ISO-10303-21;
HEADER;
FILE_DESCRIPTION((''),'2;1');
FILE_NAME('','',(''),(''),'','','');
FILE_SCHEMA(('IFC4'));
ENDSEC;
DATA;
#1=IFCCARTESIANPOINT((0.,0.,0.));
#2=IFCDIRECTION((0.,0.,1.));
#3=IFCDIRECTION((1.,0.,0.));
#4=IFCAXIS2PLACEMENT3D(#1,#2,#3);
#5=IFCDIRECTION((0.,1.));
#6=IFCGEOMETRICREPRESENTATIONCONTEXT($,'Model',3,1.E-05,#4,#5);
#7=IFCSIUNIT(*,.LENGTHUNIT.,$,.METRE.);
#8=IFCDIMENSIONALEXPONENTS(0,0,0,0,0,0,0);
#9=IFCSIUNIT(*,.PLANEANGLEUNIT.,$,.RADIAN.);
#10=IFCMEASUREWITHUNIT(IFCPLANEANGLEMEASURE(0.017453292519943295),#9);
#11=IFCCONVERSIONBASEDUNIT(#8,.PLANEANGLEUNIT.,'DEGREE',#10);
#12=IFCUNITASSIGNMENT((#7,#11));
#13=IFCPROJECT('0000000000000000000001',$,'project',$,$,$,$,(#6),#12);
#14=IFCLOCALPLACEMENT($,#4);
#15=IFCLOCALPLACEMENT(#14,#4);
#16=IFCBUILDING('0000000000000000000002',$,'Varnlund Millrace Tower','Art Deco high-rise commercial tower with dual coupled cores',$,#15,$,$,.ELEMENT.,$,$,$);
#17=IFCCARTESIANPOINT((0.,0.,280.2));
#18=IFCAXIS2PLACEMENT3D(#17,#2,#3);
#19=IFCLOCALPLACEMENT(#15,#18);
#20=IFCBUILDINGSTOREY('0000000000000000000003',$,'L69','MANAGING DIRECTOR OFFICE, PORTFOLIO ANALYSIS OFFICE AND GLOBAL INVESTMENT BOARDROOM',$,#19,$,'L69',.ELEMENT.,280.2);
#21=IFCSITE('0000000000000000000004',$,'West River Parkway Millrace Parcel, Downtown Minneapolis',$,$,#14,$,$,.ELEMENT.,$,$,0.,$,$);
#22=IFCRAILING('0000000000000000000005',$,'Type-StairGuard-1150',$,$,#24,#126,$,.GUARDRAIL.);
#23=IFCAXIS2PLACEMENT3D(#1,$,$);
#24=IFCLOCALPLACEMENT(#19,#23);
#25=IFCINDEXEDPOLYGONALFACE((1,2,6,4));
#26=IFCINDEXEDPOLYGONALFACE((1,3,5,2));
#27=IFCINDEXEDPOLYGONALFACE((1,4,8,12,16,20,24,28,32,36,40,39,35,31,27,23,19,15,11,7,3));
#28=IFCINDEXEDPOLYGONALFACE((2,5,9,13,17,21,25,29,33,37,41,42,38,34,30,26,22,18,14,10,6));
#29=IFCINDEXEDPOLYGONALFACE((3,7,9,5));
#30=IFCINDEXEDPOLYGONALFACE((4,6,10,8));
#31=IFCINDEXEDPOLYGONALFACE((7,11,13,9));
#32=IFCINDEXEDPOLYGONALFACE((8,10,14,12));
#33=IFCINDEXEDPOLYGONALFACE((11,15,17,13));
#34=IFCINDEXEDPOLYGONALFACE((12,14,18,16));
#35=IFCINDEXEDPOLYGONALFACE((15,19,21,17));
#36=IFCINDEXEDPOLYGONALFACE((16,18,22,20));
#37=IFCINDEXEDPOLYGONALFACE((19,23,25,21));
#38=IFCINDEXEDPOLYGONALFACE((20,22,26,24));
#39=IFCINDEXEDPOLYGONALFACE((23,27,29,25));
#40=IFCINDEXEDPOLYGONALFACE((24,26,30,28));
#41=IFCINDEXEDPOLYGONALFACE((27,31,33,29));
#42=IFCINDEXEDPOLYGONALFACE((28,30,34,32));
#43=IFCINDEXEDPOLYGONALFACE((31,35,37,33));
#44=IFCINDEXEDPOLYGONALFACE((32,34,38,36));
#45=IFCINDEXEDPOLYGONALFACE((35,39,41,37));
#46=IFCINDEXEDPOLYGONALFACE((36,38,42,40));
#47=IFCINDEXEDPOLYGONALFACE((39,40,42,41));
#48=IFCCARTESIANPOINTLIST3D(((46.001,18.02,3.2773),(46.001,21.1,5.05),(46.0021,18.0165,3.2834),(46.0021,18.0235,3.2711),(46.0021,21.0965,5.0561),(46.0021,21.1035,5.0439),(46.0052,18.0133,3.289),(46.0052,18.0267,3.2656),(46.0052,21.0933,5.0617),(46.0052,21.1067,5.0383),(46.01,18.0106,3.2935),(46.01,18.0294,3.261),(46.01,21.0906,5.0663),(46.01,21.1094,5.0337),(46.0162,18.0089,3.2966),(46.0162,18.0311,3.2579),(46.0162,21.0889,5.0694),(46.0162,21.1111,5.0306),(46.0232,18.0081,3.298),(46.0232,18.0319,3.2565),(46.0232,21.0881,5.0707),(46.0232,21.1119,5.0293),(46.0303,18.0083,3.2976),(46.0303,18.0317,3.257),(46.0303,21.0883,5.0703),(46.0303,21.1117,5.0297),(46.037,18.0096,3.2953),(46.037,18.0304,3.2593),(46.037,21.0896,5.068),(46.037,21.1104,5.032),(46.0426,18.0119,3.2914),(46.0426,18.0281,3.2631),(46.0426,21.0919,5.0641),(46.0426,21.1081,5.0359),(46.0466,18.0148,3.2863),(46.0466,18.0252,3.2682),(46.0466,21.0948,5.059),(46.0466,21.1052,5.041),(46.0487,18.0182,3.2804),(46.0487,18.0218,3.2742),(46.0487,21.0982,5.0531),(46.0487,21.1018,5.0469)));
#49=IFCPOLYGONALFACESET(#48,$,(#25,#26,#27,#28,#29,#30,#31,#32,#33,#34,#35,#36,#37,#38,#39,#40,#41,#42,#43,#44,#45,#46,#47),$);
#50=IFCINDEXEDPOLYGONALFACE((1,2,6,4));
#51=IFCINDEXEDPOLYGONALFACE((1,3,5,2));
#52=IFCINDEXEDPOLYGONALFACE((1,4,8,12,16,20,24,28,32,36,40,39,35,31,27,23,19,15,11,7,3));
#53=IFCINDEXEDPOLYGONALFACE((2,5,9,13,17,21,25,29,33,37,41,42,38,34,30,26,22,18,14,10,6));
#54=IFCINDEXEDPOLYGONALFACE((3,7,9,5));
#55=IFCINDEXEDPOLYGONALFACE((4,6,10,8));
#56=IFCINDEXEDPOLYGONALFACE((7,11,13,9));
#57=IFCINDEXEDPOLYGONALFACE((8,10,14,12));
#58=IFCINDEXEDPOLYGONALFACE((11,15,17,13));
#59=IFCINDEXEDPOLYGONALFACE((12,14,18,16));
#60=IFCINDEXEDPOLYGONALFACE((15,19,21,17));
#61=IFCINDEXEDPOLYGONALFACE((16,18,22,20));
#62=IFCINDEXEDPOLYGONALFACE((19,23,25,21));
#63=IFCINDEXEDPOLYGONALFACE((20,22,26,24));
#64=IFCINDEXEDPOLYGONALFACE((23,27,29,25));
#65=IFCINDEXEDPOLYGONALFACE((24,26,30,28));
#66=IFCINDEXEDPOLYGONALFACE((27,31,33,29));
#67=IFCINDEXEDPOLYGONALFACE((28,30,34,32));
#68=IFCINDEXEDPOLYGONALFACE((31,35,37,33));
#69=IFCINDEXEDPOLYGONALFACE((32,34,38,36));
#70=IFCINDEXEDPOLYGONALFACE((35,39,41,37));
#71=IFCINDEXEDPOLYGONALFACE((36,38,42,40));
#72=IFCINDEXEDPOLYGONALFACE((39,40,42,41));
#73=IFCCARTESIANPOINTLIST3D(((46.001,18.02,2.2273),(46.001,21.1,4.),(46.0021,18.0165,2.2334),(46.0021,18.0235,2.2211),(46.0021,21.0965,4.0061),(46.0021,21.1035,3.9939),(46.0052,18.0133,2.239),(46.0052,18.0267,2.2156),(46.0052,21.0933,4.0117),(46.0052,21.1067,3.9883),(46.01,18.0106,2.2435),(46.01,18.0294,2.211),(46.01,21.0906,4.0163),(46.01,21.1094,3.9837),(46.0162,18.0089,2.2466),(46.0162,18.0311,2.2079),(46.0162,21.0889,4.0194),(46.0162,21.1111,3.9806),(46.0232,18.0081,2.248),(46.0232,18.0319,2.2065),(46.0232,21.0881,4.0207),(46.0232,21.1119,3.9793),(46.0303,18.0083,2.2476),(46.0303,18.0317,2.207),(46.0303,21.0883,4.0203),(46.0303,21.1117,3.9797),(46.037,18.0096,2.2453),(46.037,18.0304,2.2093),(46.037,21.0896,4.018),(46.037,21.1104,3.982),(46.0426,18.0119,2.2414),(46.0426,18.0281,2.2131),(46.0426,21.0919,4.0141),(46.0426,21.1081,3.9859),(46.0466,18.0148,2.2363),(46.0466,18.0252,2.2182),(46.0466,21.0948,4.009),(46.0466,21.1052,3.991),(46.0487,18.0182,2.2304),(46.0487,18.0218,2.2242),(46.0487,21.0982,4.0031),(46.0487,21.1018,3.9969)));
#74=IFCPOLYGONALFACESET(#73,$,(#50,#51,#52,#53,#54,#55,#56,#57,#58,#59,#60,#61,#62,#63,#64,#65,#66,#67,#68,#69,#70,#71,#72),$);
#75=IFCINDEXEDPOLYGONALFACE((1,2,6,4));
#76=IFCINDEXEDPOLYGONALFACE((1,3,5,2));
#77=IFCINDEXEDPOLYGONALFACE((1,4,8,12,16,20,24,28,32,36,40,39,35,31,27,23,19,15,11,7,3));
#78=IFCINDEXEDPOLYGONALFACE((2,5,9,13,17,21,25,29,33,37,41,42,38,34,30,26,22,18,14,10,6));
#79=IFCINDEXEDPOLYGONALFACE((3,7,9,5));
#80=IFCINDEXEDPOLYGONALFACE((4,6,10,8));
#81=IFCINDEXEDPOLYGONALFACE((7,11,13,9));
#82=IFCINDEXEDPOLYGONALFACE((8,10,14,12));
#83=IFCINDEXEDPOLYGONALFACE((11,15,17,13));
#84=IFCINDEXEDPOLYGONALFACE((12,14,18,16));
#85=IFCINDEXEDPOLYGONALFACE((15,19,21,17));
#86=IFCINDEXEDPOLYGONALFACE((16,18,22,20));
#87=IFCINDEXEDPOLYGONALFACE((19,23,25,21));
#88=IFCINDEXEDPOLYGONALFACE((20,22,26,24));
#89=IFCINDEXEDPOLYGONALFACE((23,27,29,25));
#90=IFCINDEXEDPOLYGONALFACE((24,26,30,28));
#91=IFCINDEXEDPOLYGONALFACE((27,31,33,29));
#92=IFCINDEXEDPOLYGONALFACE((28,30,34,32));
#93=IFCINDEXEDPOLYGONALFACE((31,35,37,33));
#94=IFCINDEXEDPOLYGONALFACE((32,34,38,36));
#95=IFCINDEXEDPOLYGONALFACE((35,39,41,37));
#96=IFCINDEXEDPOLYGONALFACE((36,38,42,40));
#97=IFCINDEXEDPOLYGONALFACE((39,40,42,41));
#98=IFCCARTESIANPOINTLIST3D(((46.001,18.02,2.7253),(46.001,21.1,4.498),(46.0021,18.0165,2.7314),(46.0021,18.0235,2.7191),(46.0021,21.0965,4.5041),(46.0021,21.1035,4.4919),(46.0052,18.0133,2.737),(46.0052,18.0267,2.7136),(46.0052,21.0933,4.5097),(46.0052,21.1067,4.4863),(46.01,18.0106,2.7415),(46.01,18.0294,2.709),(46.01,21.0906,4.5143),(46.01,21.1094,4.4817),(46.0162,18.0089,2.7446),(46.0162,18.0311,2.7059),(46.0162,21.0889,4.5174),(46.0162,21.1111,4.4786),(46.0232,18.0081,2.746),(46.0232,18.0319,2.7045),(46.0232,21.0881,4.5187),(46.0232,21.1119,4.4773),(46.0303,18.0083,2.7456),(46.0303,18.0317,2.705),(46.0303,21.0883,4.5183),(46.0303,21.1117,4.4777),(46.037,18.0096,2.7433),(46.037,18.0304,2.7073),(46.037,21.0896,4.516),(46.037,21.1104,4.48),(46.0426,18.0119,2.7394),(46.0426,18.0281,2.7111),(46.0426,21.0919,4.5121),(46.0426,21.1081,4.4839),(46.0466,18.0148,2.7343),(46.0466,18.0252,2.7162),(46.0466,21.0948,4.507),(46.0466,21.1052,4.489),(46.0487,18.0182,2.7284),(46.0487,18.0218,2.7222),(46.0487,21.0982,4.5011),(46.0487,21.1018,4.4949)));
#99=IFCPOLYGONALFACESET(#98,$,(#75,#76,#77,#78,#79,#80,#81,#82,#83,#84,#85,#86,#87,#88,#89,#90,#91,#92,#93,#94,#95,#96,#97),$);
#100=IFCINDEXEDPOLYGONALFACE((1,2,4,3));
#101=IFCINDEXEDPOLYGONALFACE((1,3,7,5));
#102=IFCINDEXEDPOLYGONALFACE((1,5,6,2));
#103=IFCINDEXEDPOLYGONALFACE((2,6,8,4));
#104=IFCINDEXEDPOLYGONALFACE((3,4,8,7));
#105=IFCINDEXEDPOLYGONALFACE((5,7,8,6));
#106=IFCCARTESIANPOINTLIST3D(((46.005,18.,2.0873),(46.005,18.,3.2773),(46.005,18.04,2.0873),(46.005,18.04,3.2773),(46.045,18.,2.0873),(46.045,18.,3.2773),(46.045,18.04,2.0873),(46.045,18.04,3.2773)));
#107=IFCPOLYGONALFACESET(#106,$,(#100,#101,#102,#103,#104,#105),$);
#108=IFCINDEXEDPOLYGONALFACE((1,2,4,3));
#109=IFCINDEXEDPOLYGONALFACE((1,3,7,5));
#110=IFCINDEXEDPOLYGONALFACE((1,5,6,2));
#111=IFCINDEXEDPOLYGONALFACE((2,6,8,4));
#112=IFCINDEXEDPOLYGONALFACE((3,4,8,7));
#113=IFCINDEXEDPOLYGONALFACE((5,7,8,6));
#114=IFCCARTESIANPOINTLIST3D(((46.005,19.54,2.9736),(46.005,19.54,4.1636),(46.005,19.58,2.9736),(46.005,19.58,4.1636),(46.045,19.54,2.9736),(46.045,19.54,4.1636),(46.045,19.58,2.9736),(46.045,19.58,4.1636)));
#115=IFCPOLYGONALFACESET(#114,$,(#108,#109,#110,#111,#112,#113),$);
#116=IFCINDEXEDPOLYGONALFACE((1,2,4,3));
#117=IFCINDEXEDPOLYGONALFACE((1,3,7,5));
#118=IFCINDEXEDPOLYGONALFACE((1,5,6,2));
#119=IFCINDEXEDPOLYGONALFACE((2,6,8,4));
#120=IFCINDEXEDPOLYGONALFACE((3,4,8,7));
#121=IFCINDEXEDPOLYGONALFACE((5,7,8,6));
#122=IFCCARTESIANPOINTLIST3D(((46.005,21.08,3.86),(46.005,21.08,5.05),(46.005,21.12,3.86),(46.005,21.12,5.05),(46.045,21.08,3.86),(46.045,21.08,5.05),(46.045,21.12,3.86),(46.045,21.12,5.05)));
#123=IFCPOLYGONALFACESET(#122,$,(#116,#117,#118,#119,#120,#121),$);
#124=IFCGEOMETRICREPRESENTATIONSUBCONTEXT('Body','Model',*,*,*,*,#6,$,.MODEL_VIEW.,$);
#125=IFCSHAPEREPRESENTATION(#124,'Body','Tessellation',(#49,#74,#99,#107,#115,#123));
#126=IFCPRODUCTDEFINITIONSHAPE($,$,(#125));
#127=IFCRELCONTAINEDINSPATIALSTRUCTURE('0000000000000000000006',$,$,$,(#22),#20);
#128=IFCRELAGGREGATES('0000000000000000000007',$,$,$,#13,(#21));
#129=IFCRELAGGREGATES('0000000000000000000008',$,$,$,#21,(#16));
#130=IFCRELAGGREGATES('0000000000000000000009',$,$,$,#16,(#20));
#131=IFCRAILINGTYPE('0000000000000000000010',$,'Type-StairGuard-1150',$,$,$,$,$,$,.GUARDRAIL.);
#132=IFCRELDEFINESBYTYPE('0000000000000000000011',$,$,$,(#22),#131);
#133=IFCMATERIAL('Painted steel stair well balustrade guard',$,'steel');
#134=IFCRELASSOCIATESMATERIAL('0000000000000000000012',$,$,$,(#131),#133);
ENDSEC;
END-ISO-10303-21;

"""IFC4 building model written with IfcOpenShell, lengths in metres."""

from ifc_helpers import new_model, entity, si_unit, converted_unit, direction, frame, origin_with_axes, origin_2d_with_axis, place, context, subcontext, project, spatial, rectangle, circle, extrude, material, type_object, element, save


model = new_model("IFC4")

# Units and contexts
model_context = context("Model", 3, precision=1e-05, world=origin_with_axes(), true_north=direction((0.0, 1.0)))
body_context = subcontext(model_context, "Body", "Model", "MODEL_VIEW")
ifc_project = project(units=[si_unit("LENGTHUNIT", "METRE"), converted_unit("PLANEANGLEUNIT", "DEGREE", entity("IfcPlaneAngleMeasure", 0.017453292519943295), si_unit("PLANEANGLEUNIT", "RADIAN"), dimensions=[0, 0, 0, 0, 0, 0, 0])], contexts=[model_context])

# Site, building, storey
site_placement = place(None, origin_with_axes())
site = spatial("IfcSite", under=ifc_project, at=site_placement, Name="West River Parkway Millrace Parcel, Downtown Minneapolis", CompositionType="ELEMENT", RefElevation=0.0)
building_placement = place(site_placement, origin_with_axes())
building = spatial("IfcBuilding", under=site, at=building_placement, Name="Varnlund Millrace Tower", Description="Art Deco high-rise commercial tower with dual coupled cores", CompositionType="ELEMENT")
storey_placement = place(building_placement, frame((0.0, 0.0, 280.2), z_axis=(0.0, 0.0, 1.0), x_axis=(1.0, 0.0, 0.0)))
storey = spatial("IfcBuildingStorey", under=building, at=storey_placement, Name="L69", Description="MANAGING DIRECTOR OFFICE, PORTFOLIO ANALYSIS OFFICE AND GLOBAL INVESTMENT BOARDROOM", LongName="L69", CompositionType="ELEMENT", Elevation=280.2)

# Railing
ifc_material_1 = material(Name="Painted steel stair well balustrade guard", Category="steel")
railing_type_1 = type_object("IfcRailingType", Name="Type-StairGuard-1150", PredefinedType="GUARDRAIL", material=ifc_material_1)
railing_1_placement = place(storey_placement, frame((0.0, 0.0, -280.2), z_axis=(0.0, 0.0, 1.0), x_axis=(1.0, 0.0, 0.0)))
element("IfcRailing", 1, at=railing_1_placement, inside=storey, type_object=railing_type_1, Name="Type-StairGuard-1150", PredefinedType="GUARDRAIL", context=body_context, shape_type="SweptSolid", body=[
    extrude(circle(Radius=0.024, at=origin_2d_with_axis()), frame((46.025, 18.02, 283.4773), z_axis=(0.0, 0.866696, 0.498836), x_axis=(-1.0, 0.0, 0.0)), (0.0, 0.0, 1.0), 3.5537),
    extrude(circle(Radius=0.024, at=origin_2d_with_axis()), frame((46.025, 18.02, 282.4273), z_axis=(0.0, 0.866696, 0.498836), x_axis=(-1.0, 0.0, 0.0)), (0.0, 0.0, 1.0), 3.5537),
    extrude(circle(Radius=0.024, at=origin_2d_with_axis()), frame((46.025, 18.02, 282.9253), z_axis=(0.0, 0.866696, 0.498836), x_axis=(-1.0, 0.0, 0.0)), (0.0, 0.0, 1.0), 3.5537),
    extrude(rectangle(XDim=0.04, YDim=0.04, at=origin_2d_with_axis()), frame((46.025, 18.02, 282.2873), z_axis=(0.0, 0.0, 1.0), x_axis=(1.0, 0.0, 0.0)), (0.0, 0.0, 1.0), 1.19),
    extrude(rectangle(XDim=0.04, YDim=0.04, at=origin_2d_with_axis()), frame((46.025, 19.56, 283.1736), z_axis=(0.0, 0.0, 1.0), x_axis=(1.0, 0.0, 0.0)), (0.0, 0.0, 1.0), 1.19),
    extrude(rectangle(XDim=0.04, YDim=0.04, at=origin_2d_with_axis()), frame((46.025, 21.1, 284.06), z_axis=(0.0, 0.0, 1.0), x_axis=(1.0, 0.0, 0.0)), (0.0, 0.0, 1.0), 1.19),
])

save(model, "model.ifc")
